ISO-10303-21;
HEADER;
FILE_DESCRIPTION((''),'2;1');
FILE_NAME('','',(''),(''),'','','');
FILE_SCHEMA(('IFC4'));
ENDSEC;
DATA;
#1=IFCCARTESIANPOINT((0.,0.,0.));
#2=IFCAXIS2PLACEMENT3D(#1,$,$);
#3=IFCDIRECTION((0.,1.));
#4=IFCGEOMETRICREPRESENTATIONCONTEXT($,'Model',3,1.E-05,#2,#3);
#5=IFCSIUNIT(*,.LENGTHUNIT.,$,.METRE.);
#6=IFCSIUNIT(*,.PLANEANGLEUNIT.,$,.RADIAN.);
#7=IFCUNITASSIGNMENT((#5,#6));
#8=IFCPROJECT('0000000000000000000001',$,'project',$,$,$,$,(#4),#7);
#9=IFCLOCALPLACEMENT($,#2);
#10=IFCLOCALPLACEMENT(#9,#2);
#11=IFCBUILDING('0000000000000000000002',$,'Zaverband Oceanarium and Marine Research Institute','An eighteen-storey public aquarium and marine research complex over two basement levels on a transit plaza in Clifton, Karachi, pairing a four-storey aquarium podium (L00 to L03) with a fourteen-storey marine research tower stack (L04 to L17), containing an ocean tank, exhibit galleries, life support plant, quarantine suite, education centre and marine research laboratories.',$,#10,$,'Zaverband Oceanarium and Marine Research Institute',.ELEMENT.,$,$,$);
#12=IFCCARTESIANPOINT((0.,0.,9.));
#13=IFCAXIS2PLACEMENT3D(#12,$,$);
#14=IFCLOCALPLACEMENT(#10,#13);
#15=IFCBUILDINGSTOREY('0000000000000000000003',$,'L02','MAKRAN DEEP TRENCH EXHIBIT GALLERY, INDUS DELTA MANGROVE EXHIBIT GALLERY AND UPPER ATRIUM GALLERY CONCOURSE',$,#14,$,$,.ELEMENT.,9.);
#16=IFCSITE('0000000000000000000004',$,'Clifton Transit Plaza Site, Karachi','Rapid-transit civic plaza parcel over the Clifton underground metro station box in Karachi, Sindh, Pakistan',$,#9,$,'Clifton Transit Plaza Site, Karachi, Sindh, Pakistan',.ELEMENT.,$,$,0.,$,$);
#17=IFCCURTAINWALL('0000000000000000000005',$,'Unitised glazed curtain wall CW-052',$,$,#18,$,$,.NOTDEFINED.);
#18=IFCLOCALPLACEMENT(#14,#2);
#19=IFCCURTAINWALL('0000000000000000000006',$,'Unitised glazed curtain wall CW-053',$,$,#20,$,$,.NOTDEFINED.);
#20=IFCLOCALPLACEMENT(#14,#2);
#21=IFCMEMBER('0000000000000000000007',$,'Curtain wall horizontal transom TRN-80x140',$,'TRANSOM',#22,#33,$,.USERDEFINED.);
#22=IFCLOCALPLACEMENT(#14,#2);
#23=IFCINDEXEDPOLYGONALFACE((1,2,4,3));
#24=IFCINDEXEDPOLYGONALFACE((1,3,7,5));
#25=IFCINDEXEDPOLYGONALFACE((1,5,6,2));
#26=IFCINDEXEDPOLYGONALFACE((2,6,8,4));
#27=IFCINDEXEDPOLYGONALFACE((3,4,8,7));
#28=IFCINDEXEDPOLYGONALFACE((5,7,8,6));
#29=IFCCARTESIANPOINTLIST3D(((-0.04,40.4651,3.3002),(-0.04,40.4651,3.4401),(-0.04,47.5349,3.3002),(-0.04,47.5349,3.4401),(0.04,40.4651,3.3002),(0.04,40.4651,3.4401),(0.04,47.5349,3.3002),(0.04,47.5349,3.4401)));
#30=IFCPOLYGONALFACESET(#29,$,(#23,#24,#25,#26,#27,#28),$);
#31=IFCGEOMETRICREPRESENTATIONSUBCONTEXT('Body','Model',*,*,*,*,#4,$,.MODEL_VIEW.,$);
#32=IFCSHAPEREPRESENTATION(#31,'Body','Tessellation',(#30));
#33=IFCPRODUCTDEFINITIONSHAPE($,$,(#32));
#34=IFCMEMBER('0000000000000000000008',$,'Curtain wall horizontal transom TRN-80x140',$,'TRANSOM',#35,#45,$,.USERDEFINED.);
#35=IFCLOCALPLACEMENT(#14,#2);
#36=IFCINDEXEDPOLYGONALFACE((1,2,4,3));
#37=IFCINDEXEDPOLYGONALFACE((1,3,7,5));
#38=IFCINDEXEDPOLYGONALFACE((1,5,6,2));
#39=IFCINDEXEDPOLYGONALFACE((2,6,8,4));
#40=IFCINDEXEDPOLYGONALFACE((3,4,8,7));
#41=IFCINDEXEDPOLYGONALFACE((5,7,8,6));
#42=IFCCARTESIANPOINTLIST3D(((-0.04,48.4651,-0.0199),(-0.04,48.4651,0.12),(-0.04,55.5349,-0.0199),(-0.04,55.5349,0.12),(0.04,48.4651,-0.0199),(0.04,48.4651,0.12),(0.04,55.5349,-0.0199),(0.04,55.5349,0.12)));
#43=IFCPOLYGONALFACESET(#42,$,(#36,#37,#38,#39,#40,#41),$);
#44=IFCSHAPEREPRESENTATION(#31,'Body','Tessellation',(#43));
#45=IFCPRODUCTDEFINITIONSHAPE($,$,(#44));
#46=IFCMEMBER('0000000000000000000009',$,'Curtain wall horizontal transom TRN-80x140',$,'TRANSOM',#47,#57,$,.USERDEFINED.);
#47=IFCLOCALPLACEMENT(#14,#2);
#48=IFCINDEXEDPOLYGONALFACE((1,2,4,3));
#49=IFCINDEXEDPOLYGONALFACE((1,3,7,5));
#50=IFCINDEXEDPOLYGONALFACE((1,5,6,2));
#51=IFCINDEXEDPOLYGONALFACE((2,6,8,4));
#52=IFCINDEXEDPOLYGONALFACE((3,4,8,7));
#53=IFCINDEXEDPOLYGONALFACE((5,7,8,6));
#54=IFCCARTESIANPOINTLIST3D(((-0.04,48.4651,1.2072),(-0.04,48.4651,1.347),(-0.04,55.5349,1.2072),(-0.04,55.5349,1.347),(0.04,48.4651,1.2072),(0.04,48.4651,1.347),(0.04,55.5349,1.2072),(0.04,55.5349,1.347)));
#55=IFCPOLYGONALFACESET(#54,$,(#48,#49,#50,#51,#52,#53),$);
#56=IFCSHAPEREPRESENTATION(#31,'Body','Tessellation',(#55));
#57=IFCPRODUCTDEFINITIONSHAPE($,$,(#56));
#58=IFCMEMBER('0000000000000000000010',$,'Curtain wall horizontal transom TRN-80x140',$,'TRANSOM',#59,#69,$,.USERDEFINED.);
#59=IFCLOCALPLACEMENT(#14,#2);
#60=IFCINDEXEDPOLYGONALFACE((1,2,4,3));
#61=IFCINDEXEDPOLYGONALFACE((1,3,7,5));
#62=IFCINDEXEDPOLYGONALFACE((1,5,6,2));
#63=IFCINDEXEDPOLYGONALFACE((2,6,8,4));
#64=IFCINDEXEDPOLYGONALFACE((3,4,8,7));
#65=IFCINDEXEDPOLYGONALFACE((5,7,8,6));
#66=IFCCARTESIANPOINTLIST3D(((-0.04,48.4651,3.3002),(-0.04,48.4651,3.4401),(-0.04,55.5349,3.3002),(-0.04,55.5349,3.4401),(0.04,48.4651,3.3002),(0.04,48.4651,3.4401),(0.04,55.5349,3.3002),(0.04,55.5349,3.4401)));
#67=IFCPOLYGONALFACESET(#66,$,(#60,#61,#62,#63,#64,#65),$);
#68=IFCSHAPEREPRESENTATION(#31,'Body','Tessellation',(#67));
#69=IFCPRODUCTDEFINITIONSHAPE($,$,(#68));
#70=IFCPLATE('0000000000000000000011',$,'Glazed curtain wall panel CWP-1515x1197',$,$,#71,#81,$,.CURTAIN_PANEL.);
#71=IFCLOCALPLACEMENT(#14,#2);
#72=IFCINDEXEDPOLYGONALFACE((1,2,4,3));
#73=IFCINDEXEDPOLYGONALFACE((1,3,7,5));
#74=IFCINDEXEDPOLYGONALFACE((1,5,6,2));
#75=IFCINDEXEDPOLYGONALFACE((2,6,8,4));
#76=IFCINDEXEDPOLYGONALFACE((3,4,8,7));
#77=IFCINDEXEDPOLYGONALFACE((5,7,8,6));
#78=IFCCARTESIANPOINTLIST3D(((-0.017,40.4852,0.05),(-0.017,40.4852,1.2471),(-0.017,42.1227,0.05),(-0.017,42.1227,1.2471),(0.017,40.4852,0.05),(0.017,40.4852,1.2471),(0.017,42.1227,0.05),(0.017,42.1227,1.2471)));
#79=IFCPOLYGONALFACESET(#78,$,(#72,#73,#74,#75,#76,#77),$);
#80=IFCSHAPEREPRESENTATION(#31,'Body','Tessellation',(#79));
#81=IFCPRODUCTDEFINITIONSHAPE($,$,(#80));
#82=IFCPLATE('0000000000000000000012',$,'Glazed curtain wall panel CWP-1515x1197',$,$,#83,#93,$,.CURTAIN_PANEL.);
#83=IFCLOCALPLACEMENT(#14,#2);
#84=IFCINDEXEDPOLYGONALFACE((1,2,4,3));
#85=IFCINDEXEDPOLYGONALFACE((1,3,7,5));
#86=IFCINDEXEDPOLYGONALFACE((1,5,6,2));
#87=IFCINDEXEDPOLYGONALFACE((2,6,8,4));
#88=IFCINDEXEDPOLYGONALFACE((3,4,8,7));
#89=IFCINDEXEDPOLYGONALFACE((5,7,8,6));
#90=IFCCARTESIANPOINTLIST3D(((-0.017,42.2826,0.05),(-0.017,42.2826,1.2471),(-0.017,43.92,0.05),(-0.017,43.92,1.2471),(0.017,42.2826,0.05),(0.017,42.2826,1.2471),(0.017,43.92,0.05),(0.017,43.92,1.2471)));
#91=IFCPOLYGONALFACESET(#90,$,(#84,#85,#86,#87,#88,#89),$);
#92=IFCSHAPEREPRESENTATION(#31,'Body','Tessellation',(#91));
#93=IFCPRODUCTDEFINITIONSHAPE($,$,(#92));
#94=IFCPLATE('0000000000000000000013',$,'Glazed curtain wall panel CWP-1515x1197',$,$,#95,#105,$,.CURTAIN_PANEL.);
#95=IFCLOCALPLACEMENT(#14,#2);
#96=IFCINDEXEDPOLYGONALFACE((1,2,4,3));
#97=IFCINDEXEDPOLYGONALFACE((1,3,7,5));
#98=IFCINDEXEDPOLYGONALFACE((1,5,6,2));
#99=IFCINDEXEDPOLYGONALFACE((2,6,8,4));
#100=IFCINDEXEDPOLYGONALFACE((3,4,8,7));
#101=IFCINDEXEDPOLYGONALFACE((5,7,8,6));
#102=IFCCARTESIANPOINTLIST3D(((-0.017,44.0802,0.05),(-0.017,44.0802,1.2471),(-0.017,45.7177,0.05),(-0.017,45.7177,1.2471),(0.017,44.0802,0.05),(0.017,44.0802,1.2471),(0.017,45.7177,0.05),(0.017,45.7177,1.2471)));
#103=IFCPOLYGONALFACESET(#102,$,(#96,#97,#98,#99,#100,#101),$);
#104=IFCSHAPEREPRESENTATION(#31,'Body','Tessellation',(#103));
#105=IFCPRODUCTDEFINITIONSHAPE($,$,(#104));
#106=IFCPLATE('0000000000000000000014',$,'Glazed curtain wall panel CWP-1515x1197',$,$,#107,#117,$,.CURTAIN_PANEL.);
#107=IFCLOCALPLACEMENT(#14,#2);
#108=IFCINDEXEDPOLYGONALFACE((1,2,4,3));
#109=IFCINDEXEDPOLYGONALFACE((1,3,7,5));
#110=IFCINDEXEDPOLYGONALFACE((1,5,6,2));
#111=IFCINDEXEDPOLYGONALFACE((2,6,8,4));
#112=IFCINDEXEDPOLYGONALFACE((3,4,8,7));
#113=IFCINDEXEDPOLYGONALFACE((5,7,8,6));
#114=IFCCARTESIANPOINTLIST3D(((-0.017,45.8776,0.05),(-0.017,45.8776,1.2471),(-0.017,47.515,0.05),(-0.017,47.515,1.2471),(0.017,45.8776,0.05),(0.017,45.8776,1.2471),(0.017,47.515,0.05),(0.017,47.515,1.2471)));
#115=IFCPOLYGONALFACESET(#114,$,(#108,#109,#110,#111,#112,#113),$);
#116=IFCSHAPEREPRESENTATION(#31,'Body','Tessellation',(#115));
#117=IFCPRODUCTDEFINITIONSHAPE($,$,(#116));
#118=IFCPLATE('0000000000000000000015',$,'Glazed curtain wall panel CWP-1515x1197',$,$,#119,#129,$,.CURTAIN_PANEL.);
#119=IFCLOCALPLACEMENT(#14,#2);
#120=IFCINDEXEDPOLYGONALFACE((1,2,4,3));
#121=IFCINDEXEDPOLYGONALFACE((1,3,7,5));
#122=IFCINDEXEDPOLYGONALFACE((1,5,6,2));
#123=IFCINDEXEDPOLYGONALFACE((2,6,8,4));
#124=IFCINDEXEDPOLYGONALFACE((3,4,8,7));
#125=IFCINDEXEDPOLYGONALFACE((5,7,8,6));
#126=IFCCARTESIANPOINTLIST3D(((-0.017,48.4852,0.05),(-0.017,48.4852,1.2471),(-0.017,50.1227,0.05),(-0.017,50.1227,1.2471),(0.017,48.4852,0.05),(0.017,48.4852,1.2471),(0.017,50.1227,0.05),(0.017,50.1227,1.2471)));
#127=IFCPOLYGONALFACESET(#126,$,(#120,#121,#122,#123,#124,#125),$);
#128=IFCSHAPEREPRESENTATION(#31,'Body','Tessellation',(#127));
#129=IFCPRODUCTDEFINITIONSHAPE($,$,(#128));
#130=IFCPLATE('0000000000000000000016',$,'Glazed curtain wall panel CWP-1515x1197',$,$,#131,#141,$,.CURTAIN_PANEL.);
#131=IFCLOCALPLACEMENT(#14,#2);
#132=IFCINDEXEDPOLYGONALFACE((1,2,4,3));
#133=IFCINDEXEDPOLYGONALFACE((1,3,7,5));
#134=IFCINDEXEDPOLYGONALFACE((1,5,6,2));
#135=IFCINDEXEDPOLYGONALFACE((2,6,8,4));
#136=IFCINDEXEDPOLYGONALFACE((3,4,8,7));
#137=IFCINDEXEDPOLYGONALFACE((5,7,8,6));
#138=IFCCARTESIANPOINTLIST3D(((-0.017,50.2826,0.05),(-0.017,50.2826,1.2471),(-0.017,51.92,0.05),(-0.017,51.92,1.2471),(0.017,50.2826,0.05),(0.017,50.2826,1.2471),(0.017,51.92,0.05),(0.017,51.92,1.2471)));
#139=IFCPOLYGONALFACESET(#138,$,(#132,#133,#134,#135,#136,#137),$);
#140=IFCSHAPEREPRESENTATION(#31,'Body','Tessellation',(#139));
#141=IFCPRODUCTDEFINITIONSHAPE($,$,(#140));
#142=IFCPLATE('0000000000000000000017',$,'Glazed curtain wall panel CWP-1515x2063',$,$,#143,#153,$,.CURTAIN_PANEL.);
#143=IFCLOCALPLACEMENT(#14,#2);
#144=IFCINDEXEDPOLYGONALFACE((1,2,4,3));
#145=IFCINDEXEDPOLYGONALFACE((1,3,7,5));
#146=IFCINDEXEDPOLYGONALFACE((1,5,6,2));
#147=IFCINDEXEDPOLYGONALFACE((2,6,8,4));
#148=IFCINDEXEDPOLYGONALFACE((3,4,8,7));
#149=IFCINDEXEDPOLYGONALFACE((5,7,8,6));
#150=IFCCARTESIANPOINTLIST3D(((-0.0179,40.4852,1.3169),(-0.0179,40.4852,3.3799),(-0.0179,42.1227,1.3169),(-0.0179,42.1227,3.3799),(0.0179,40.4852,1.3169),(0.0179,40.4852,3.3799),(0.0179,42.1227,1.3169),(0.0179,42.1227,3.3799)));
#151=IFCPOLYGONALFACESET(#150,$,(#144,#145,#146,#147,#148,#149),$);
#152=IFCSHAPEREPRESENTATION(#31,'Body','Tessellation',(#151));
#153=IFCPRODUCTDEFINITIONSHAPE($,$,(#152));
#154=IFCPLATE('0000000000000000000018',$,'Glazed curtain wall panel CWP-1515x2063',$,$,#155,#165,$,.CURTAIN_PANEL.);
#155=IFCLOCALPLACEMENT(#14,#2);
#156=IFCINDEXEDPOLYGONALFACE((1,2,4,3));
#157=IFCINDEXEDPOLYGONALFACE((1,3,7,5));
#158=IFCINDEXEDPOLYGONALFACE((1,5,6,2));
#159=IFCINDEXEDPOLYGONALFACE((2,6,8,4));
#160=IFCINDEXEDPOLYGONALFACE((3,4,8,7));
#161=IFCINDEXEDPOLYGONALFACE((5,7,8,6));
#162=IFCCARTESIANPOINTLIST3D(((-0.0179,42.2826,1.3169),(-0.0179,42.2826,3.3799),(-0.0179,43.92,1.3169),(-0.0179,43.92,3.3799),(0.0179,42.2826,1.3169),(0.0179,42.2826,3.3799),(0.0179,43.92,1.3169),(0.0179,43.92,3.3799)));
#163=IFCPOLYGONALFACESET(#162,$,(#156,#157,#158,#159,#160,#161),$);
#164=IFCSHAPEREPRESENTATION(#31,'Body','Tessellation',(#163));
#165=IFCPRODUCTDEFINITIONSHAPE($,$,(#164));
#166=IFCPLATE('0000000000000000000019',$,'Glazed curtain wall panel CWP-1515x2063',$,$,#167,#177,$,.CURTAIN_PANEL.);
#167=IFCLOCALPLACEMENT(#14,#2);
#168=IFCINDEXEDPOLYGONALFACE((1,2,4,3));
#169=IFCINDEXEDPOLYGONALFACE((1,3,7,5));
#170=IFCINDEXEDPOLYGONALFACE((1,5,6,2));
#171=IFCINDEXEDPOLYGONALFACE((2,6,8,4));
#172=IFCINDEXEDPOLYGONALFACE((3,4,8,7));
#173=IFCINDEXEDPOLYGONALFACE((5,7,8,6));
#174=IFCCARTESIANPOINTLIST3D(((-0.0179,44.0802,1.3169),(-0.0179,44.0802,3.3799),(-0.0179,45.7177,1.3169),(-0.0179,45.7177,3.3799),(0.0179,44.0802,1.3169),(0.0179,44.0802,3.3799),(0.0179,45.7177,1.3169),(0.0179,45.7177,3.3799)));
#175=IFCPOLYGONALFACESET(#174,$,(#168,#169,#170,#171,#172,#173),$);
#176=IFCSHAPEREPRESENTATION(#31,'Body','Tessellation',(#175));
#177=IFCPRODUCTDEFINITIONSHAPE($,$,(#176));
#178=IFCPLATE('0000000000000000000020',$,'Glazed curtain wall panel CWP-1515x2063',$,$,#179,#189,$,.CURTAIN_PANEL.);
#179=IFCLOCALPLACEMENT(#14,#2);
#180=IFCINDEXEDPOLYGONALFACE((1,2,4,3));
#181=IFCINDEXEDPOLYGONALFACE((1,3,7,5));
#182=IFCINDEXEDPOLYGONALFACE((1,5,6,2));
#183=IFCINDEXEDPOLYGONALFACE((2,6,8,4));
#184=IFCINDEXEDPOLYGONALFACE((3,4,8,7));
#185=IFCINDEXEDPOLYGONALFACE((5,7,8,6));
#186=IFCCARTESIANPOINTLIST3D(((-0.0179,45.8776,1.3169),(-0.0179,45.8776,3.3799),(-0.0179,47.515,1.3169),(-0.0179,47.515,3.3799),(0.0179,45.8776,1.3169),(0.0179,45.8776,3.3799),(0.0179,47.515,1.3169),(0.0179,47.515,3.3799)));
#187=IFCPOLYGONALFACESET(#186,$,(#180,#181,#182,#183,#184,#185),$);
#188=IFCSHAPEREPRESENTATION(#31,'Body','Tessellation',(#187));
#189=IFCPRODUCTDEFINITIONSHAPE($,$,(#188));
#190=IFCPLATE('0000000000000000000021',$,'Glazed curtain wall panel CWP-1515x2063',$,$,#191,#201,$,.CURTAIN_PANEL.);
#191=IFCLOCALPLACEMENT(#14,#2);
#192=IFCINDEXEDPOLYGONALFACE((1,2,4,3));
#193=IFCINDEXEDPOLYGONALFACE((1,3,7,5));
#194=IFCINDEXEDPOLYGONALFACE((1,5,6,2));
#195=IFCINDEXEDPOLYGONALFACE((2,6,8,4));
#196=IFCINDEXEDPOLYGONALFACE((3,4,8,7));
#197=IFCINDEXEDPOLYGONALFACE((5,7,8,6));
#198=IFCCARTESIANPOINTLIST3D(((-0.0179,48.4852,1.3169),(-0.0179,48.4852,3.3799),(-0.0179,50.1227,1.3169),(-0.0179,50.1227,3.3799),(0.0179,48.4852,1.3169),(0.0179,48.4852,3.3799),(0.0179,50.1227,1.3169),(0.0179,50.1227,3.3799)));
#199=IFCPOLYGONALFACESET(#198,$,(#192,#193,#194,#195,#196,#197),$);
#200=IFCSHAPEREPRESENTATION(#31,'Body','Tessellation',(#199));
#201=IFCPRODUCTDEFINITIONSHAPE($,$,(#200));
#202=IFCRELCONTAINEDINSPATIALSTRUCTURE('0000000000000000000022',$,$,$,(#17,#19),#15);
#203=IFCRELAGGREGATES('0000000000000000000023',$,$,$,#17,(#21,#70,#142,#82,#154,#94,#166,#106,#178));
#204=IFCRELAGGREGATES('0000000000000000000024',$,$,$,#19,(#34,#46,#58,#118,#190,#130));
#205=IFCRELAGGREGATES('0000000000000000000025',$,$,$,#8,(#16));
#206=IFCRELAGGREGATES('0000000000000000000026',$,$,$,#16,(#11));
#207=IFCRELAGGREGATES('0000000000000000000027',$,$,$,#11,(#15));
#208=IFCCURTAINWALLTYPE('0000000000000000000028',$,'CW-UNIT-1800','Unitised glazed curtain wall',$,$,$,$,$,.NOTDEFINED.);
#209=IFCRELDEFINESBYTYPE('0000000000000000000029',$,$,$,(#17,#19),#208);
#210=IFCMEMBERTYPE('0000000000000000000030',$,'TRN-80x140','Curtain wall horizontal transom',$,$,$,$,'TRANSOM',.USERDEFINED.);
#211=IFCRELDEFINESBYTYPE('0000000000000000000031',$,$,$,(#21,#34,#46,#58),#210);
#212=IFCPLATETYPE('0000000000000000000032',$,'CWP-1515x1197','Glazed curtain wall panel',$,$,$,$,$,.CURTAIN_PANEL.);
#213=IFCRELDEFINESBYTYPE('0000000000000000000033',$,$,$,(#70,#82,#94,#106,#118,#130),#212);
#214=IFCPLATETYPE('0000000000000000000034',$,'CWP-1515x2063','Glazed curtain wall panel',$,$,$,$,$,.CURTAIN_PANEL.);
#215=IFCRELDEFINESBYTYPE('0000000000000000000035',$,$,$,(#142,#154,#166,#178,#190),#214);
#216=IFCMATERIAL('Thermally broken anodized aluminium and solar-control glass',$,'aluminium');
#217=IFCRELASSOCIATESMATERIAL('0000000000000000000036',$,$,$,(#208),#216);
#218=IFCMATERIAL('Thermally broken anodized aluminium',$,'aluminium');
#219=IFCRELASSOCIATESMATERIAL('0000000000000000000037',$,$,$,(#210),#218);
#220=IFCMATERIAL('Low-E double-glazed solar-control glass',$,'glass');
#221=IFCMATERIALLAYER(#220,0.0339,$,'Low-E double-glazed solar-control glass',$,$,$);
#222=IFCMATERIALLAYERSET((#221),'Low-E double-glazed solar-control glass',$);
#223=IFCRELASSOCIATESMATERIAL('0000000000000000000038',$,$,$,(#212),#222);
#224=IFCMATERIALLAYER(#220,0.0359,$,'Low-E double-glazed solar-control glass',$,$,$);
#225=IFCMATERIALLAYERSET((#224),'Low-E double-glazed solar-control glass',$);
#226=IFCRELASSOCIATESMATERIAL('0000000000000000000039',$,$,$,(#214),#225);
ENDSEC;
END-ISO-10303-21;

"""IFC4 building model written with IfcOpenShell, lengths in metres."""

from ifc_helpers import new_model, si_unit, direction, frame, frame_2d, origin, origin_2d, place, context, subcontext, project, spatial, rectangle, extrude, material, layer, layer_set, material_profile, profile_set, type_object, element, aggregate, save


model = new_model("IFC4")

# Units and contexts
model_context = context("Model", 3, precision=1e-05, world=origin(), true_north=direction((0.0, 1.0)))
body_context = subcontext(model_context, "Body", "Model", "MODEL_VIEW")
ifc_project = project(units=[si_unit("LENGTHUNIT", "METRE"), si_unit("PLANEANGLEUNIT", "RADIAN")], contexts=[model_context])

# Site, building, storey
site_placement = place(None, origin())
site = spatial("IfcSite", under=ifc_project, at=site_placement, Name="Clifton Transit Plaza Site, Karachi", Description="Rapid-transit civic plaza parcel over the Clifton underground metro station box in Karachi, Sindh, Pakistan", LongName="Clifton Transit Plaza Site, Karachi, Sindh, Pakistan", CompositionType="ELEMENT", RefElevation=0.0)
building_placement = place(site_placement, origin())
building = spatial("IfcBuilding", under=site, at=building_placement, Name="Zaverband Oceanarium and Marine Research Institute", Description="An eighteen-storey public aquarium and marine research complex over two basement levels on a transit plaza in Clifton, Karachi, pairing a four-storey aquarium podium (L00 to L03) with a fourteen-storey marine research tower stack (L04 to L17), containing an ocean tank, exhibit galleries, life support plant, quarantine suite, education centre and marine research laboratories.", LongName="Zaverband Oceanarium and Marine Research Institute", CompositionType="ELEMENT")
storey_placement = place(building_placement, frame((0.0, 0.0, 9.0)))
storey = spatial("IfcBuildingStorey", under=building, at=storey_placement, Name="L02", Description="MAKRAN DEEP TRENCH EXHIBIT GALLERY, INDUS DELTA MANGROVE EXHIBIT GALLERY AND UPPER ATRIUM GALLERY CONCOURSE", CompositionType="ELEMENT", Elevation=9.0)

# Curtain walls
ifc_material_1 = material(Name="Thermally broken anodized aluminium and solar-control glass", Category="aluminium")
curtain_wall_type = type_object("IfcCurtainWallType", Name="CW-UNIT-1800", Description="Unitised glazed curtain wall", PredefinedType="NOTDEFINED", material=ifc_material_1)
curtain_wall_1_placement = place(storey_placement, origin())
curtain_wall_1 = element("IfcCurtainWall", 1, at=curtain_wall_1_placement, inside=storey, type_object=curtain_wall_type, Name="Unitised glazed curtain wall CW-052", PredefinedType="NOTDEFINED")
ifc_material_2 = material(Name="Thermally broken anodized aluminium", Category="aluminium")
curtain_wall_2_placement = place(storey_placement, origin())
curtain_wall_2 = element("IfcCurtainWall", 2, at=curtain_wall_2_placement, inside=storey, type_object=curtain_wall_type, Name="Unitised glazed curtain wall CW-053", PredefinedType="NOTDEFINED")

# Members
ifc_material_profile_1 = material_profile(ifc_material_2, rectangle(XDim=0.0801, YDim=0.1399, at=origin_2d()), Name="AL-TRN-80x140")
ifc_profile_set_1 = profile_set([ifc_material_profile_1], Name="Thermally broken anodized aluminium")
member_type_1 = type_object("IfcMemberType", Name="TRN-80x140", Description="Curtain wall horizontal transom", ElementType="TRANSOM", PredefinedType="USERDEFINED", material=ifc_profile_set_1)
member_1_placement = place(storey_placement, frame((0.0, 40.4651, 3.3701), z_axis=(0.0, 1.0, 0.0), x_axis=(-1.0, 0.0, 0.0)))
member_1 = element("IfcMember", 3, at=member_1_placement, type_object=member_type_1, Name="Curtain wall horizontal transom TRN-80x140", ObjectType="TRANSOM", PredefinedType="USERDEFINED", context=body_context, shape_type="SweptSolid", body=[
    extrude(rectangle(XDim=0.0801, YDim=0.1399, at=origin_2d()), origin(), (0.0, 0.0, 1.0), 7.0698),
])
member_2_placement = place(storey_placement, frame((0.0, 48.4651, 0.05), z_axis=(0.0, 1.0, 0.0), x_axis=(-1.0, 0.0, 0.0)))
member_2 = element("IfcMember", 4, at=member_2_placement, type_object=member_type_1, Name="Curtain wall horizontal transom TRN-80x140", ObjectType="TRANSOM", PredefinedType="USERDEFINED", context=body_context, shape_type="SweptSolid", body=[
    extrude(rectangle(XDim=0.0801, YDim=0.1399, at=origin_2d()), origin(), (0.0, 0.0, 1.0), 7.0698),
])
member_3_placement = place(storey_placement, frame((0.0, 48.4651, 1.2771), z_axis=(0.0, 1.0, 0.0), x_axis=(-1.0, 0.0, 0.0)))
member_3 = element("IfcMember", 5, at=member_3_placement, type_object=member_type_1, Name="Curtain wall horizontal transom TRN-80x140", ObjectType="TRANSOM", PredefinedType="USERDEFINED", context=body_context, shape_type="SweptSolid", body=[
    extrude(rectangle(XDim=0.0801, YDim=0.1399, at=origin_2d()), origin(), (0.0, 0.0, 1.0), 7.0698),
])
member_4_placement = place(storey_placement, frame((0.0, 48.4651, 3.3701), z_axis=(0.0, 1.0, 0.0), x_axis=(-1.0, 0.0, 0.0)))
member_4 = element("IfcMember", 6, at=member_4_placement, type_object=member_type_1, Name="Curtain wall horizontal transom TRN-80x140", ObjectType="TRANSOM", PredefinedType="USERDEFINED", context=body_context, shape_type="SweptSolid", body=[
    extrude(rectangle(XDim=0.0801, YDim=0.1399, at=origin_2d()), origin(), (0.0, 0.0, 1.0), 7.0698),
])

# Plates
ifc_material_3 = material(Name="Low-E double-glazed solar-control glass", Category="glass")
ifc_layer_1 = layer(ifc_material_3, 0.0339, Name="Low-E double-glazed solar-control glass")
ifc_layer_set_1 = layer_set([ifc_layer_1], Name="Low-E double-glazed solar-control glass")
plate_type_1 = type_object("IfcPlateType", Name="CWP-1515x1197", Description="Glazed curtain wall panel", PredefinedType="CURTAIN_PANEL", material=ifc_layer_set_1)
plate_1_placement = place(storey_placement, frame((0.0, 40.4851, 0.05), z_axis=(0.0, 0.0, 1.0), x_axis=(0.0, 1.0, 0.0)))
plate_1 = element("IfcPlate", 7, at=plate_1_placement, type_object=plate_type_1, Name="Glazed curtain wall panel CWP-1515x1197", PredefinedType="CURTAIN_PANEL", context=body_context, shape_type="SweptSolid", body=[
    extrude(rectangle(XDim=1.6375, YDim=0.0339, at=frame_2d((0.8188, 0.0))), origin(), (0.0, 0.0, 1.0), 1.197),
])
plate_2_placement = place(storey_placement, frame((0.0, 42.2825, 0.05), z_axis=(0.0, 0.0, 1.0), x_axis=(0.0, 1.0, 0.0)))
plate_2 = element("IfcPlate", 8, at=plate_2_placement, type_object=plate_type_1, Name="Glazed curtain wall panel CWP-1515x1197", PredefinedType="CURTAIN_PANEL", context=body_context, shape_type="SweptSolid", body=[
    extrude(rectangle(XDim=1.6375, YDim=0.0339, at=frame_2d((0.8188, 0.0))), origin(), (0.0, 0.0, 1.0), 1.197),
])
plate_3_placement = place(storey_placement, frame((0.0, 44.0801, 0.05), z_axis=(0.0, 0.0, 1.0), x_axis=(0.0, 1.0, 0.0)))
plate_3 = element("IfcPlate", 9, at=plate_3_placement, type_object=plate_type_1, Name="Glazed curtain wall panel CWP-1515x1197", PredefinedType="CURTAIN_PANEL", context=body_context, shape_type="SweptSolid", body=[
    extrude(rectangle(XDim=1.6375, YDim=0.0339, at=frame_2d((0.8188, 0.0))), origin(), (0.0, 0.0, 1.0), 1.197),
])
plate_4_placement = place(storey_placement, frame((0.0, 45.8774, 0.05), z_axis=(0.0, 0.0, 1.0), x_axis=(0.0, 1.0, 0.0)))
plate_4 = element("IfcPlate", 10, at=plate_4_placement, type_object=plate_type_1, Name="Glazed curtain wall panel CWP-1515x1197", PredefinedType="CURTAIN_PANEL", context=body_context, shape_type="SweptSolid", body=[
    extrude(rectangle(XDim=1.6375, YDim=0.0339, at=frame_2d((0.8188, 0.0))), origin(), (0.0, 0.0, 1.0), 1.197),
])
plate_5_placement = place(storey_placement, frame((0.0, 48.4851, 0.05), z_axis=(0.0, 0.0, 1.0), x_axis=(0.0, 1.0, 0.0)))
plate_5 = element("IfcPlate", 11, at=plate_5_placement, type_object=plate_type_1, Name="Glazed curtain wall panel CWP-1515x1197", PredefinedType="CURTAIN_PANEL", context=body_context, shape_type="SweptSolid", body=[
    extrude(rectangle(XDim=1.6375, YDim=0.0339, at=frame_2d((0.8188, 0.0))), origin(), (0.0, 0.0, 1.0), 1.197),
])
plate_6_placement = place(storey_placement, frame((0.0, 50.2825, 0.05), z_axis=(0.0, 0.0, 1.0), x_axis=(0.0, 1.0, 0.0)))
plate_6 = element("IfcPlate", 12, at=plate_6_placement, type_object=plate_type_1, Name="Glazed curtain wall panel CWP-1515x1197", PredefinedType="CURTAIN_PANEL", context=body_context, shape_type="SweptSolid", body=[
    extrude(rectangle(XDim=1.6375, YDim=0.0339, at=frame_2d((0.8188, 0.0))), origin(), (0.0, 0.0, 1.0), 1.197),
])
ifc_layer_2 = layer(ifc_material_3, 0.0359, Name="Low-E double-glazed solar-control glass")
ifc_layer_set_2 = layer_set([ifc_layer_2], Name="Low-E double-glazed solar-control glass")
plate_type_2 = type_object("IfcPlateType", Name="CWP-1515x2063", Description="Glazed curtain wall panel", PredefinedType="CURTAIN_PANEL", material=ifc_layer_set_2)
plate_7_placement = place(storey_placement, frame((0.0, 40.4851, 1.3169), z_axis=(0.0, 0.0, 1.0), x_axis=(0.0, 1.0, 0.0)))
plate_7 = element("IfcPlate", 13, at=plate_7_placement, type_object=plate_type_2, Name="Glazed curtain wall panel CWP-1515x2063", PredefinedType="CURTAIN_PANEL", context=body_context, shape_type="SweptSolid", body=[
    extrude(rectangle(XDim=1.6375, YDim=0.0359, at=frame_2d((0.8188, 0.0))), origin(), (0.0, 0.0, 1.0), 2.063),
])
plate_8_placement = place(storey_placement, frame((0.0, 42.2825, 1.3169), z_axis=(0.0, 0.0, 1.0), x_axis=(0.0, 1.0, 0.0)))
plate_8 = element("IfcPlate", 14, at=plate_8_placement, type_object=plate_type_2, Name="Glazed curtain wall panel CWP-1515x2063", PredefinedType="CURTAIN_PANEL", context=body_context, shape_type="SweptSolid", body=[
    extrude(rectangle(XDim=1.6375, YDim=0.0359, at=frame_2d((0.8188, 0.0))), origin(), (0.0, 0.0, 1.0), 2.063),
])
plate_9_placement = place(storey_placement, frame((0.0, 44.0801, 1.3169), z_axis=(0.0, 0.0, 1.0), x_axis=(0.0, 1.0, 0.0)))
plate_9 = element("IfcPlate", 15, at=plate_9_placement, type_object=plate_type_2, Name="Glazed curtain wall panel CWP-1515x2063", PredefinedType="CURTAIN_PANEL", context=body_context, shape_type="SweptSolid", body=[
    extrude(rectangle(XDim=1.6375, YDim=0.0359, at=frame_2d((0.8188, 0.0))), origin(), (0.0, 0.0, 1.0), 2.063),
])
plate_10_placement = place(storey_placement, frame((0.0, 45.8774, 1.3169), z_axis=(0.0, 0.0, 1.0), x_axis=(0.0, 1.0, 0.0)))
plate_10 = element("IfcPlate", 16, at=plate_10_placement, type_object=plate_type_2, Name="Glazed curtain wall panel CWP-1515x2063", PredefinedType="CURTAIN_PANEL", context=body_context, shape_type="SweptSolid", body=[
    extrude(rectangle(XDim=1.6375, YDim=0.0359, at=frame_2d((0.8188, 0.0))), origin(), (0.0, 0.0, 1.0), 2.063),
])
aggregate(curtain_wall_1, [member_1, plate_1, plate_7, plate_2, plate_8, plate_3, plate_9, plate_4, plate_10])
plate_11_placement = place(storey_placement, frame((0.0, 48.4851, 1.3169), z_axis=(0.0, 0.0, 1.0), x_axis=(0.0, 1.0, 0.0)))
plate_11 = element("IfcPlate", 17, at=plate_11_placement, type_object=plate_type_2, Name="Glazed curtain wall panel CWP-1515x2063", PredefinedType="CURTAIN_PANEL", context=body_context, shape_type="SweptSolid", body=[
    extrude(rectangle(XDim=1.6375, YDim=0.0359, at=frame_2d((0.8188, 0.0))), origin(), (0.0, 0.0, 1.0), 2.063),
])
aggregate(curtain_wall_2, [member_2, member_3, member_4, plate_5, plate_11, plate_6])

save(model, "model.ifc")
